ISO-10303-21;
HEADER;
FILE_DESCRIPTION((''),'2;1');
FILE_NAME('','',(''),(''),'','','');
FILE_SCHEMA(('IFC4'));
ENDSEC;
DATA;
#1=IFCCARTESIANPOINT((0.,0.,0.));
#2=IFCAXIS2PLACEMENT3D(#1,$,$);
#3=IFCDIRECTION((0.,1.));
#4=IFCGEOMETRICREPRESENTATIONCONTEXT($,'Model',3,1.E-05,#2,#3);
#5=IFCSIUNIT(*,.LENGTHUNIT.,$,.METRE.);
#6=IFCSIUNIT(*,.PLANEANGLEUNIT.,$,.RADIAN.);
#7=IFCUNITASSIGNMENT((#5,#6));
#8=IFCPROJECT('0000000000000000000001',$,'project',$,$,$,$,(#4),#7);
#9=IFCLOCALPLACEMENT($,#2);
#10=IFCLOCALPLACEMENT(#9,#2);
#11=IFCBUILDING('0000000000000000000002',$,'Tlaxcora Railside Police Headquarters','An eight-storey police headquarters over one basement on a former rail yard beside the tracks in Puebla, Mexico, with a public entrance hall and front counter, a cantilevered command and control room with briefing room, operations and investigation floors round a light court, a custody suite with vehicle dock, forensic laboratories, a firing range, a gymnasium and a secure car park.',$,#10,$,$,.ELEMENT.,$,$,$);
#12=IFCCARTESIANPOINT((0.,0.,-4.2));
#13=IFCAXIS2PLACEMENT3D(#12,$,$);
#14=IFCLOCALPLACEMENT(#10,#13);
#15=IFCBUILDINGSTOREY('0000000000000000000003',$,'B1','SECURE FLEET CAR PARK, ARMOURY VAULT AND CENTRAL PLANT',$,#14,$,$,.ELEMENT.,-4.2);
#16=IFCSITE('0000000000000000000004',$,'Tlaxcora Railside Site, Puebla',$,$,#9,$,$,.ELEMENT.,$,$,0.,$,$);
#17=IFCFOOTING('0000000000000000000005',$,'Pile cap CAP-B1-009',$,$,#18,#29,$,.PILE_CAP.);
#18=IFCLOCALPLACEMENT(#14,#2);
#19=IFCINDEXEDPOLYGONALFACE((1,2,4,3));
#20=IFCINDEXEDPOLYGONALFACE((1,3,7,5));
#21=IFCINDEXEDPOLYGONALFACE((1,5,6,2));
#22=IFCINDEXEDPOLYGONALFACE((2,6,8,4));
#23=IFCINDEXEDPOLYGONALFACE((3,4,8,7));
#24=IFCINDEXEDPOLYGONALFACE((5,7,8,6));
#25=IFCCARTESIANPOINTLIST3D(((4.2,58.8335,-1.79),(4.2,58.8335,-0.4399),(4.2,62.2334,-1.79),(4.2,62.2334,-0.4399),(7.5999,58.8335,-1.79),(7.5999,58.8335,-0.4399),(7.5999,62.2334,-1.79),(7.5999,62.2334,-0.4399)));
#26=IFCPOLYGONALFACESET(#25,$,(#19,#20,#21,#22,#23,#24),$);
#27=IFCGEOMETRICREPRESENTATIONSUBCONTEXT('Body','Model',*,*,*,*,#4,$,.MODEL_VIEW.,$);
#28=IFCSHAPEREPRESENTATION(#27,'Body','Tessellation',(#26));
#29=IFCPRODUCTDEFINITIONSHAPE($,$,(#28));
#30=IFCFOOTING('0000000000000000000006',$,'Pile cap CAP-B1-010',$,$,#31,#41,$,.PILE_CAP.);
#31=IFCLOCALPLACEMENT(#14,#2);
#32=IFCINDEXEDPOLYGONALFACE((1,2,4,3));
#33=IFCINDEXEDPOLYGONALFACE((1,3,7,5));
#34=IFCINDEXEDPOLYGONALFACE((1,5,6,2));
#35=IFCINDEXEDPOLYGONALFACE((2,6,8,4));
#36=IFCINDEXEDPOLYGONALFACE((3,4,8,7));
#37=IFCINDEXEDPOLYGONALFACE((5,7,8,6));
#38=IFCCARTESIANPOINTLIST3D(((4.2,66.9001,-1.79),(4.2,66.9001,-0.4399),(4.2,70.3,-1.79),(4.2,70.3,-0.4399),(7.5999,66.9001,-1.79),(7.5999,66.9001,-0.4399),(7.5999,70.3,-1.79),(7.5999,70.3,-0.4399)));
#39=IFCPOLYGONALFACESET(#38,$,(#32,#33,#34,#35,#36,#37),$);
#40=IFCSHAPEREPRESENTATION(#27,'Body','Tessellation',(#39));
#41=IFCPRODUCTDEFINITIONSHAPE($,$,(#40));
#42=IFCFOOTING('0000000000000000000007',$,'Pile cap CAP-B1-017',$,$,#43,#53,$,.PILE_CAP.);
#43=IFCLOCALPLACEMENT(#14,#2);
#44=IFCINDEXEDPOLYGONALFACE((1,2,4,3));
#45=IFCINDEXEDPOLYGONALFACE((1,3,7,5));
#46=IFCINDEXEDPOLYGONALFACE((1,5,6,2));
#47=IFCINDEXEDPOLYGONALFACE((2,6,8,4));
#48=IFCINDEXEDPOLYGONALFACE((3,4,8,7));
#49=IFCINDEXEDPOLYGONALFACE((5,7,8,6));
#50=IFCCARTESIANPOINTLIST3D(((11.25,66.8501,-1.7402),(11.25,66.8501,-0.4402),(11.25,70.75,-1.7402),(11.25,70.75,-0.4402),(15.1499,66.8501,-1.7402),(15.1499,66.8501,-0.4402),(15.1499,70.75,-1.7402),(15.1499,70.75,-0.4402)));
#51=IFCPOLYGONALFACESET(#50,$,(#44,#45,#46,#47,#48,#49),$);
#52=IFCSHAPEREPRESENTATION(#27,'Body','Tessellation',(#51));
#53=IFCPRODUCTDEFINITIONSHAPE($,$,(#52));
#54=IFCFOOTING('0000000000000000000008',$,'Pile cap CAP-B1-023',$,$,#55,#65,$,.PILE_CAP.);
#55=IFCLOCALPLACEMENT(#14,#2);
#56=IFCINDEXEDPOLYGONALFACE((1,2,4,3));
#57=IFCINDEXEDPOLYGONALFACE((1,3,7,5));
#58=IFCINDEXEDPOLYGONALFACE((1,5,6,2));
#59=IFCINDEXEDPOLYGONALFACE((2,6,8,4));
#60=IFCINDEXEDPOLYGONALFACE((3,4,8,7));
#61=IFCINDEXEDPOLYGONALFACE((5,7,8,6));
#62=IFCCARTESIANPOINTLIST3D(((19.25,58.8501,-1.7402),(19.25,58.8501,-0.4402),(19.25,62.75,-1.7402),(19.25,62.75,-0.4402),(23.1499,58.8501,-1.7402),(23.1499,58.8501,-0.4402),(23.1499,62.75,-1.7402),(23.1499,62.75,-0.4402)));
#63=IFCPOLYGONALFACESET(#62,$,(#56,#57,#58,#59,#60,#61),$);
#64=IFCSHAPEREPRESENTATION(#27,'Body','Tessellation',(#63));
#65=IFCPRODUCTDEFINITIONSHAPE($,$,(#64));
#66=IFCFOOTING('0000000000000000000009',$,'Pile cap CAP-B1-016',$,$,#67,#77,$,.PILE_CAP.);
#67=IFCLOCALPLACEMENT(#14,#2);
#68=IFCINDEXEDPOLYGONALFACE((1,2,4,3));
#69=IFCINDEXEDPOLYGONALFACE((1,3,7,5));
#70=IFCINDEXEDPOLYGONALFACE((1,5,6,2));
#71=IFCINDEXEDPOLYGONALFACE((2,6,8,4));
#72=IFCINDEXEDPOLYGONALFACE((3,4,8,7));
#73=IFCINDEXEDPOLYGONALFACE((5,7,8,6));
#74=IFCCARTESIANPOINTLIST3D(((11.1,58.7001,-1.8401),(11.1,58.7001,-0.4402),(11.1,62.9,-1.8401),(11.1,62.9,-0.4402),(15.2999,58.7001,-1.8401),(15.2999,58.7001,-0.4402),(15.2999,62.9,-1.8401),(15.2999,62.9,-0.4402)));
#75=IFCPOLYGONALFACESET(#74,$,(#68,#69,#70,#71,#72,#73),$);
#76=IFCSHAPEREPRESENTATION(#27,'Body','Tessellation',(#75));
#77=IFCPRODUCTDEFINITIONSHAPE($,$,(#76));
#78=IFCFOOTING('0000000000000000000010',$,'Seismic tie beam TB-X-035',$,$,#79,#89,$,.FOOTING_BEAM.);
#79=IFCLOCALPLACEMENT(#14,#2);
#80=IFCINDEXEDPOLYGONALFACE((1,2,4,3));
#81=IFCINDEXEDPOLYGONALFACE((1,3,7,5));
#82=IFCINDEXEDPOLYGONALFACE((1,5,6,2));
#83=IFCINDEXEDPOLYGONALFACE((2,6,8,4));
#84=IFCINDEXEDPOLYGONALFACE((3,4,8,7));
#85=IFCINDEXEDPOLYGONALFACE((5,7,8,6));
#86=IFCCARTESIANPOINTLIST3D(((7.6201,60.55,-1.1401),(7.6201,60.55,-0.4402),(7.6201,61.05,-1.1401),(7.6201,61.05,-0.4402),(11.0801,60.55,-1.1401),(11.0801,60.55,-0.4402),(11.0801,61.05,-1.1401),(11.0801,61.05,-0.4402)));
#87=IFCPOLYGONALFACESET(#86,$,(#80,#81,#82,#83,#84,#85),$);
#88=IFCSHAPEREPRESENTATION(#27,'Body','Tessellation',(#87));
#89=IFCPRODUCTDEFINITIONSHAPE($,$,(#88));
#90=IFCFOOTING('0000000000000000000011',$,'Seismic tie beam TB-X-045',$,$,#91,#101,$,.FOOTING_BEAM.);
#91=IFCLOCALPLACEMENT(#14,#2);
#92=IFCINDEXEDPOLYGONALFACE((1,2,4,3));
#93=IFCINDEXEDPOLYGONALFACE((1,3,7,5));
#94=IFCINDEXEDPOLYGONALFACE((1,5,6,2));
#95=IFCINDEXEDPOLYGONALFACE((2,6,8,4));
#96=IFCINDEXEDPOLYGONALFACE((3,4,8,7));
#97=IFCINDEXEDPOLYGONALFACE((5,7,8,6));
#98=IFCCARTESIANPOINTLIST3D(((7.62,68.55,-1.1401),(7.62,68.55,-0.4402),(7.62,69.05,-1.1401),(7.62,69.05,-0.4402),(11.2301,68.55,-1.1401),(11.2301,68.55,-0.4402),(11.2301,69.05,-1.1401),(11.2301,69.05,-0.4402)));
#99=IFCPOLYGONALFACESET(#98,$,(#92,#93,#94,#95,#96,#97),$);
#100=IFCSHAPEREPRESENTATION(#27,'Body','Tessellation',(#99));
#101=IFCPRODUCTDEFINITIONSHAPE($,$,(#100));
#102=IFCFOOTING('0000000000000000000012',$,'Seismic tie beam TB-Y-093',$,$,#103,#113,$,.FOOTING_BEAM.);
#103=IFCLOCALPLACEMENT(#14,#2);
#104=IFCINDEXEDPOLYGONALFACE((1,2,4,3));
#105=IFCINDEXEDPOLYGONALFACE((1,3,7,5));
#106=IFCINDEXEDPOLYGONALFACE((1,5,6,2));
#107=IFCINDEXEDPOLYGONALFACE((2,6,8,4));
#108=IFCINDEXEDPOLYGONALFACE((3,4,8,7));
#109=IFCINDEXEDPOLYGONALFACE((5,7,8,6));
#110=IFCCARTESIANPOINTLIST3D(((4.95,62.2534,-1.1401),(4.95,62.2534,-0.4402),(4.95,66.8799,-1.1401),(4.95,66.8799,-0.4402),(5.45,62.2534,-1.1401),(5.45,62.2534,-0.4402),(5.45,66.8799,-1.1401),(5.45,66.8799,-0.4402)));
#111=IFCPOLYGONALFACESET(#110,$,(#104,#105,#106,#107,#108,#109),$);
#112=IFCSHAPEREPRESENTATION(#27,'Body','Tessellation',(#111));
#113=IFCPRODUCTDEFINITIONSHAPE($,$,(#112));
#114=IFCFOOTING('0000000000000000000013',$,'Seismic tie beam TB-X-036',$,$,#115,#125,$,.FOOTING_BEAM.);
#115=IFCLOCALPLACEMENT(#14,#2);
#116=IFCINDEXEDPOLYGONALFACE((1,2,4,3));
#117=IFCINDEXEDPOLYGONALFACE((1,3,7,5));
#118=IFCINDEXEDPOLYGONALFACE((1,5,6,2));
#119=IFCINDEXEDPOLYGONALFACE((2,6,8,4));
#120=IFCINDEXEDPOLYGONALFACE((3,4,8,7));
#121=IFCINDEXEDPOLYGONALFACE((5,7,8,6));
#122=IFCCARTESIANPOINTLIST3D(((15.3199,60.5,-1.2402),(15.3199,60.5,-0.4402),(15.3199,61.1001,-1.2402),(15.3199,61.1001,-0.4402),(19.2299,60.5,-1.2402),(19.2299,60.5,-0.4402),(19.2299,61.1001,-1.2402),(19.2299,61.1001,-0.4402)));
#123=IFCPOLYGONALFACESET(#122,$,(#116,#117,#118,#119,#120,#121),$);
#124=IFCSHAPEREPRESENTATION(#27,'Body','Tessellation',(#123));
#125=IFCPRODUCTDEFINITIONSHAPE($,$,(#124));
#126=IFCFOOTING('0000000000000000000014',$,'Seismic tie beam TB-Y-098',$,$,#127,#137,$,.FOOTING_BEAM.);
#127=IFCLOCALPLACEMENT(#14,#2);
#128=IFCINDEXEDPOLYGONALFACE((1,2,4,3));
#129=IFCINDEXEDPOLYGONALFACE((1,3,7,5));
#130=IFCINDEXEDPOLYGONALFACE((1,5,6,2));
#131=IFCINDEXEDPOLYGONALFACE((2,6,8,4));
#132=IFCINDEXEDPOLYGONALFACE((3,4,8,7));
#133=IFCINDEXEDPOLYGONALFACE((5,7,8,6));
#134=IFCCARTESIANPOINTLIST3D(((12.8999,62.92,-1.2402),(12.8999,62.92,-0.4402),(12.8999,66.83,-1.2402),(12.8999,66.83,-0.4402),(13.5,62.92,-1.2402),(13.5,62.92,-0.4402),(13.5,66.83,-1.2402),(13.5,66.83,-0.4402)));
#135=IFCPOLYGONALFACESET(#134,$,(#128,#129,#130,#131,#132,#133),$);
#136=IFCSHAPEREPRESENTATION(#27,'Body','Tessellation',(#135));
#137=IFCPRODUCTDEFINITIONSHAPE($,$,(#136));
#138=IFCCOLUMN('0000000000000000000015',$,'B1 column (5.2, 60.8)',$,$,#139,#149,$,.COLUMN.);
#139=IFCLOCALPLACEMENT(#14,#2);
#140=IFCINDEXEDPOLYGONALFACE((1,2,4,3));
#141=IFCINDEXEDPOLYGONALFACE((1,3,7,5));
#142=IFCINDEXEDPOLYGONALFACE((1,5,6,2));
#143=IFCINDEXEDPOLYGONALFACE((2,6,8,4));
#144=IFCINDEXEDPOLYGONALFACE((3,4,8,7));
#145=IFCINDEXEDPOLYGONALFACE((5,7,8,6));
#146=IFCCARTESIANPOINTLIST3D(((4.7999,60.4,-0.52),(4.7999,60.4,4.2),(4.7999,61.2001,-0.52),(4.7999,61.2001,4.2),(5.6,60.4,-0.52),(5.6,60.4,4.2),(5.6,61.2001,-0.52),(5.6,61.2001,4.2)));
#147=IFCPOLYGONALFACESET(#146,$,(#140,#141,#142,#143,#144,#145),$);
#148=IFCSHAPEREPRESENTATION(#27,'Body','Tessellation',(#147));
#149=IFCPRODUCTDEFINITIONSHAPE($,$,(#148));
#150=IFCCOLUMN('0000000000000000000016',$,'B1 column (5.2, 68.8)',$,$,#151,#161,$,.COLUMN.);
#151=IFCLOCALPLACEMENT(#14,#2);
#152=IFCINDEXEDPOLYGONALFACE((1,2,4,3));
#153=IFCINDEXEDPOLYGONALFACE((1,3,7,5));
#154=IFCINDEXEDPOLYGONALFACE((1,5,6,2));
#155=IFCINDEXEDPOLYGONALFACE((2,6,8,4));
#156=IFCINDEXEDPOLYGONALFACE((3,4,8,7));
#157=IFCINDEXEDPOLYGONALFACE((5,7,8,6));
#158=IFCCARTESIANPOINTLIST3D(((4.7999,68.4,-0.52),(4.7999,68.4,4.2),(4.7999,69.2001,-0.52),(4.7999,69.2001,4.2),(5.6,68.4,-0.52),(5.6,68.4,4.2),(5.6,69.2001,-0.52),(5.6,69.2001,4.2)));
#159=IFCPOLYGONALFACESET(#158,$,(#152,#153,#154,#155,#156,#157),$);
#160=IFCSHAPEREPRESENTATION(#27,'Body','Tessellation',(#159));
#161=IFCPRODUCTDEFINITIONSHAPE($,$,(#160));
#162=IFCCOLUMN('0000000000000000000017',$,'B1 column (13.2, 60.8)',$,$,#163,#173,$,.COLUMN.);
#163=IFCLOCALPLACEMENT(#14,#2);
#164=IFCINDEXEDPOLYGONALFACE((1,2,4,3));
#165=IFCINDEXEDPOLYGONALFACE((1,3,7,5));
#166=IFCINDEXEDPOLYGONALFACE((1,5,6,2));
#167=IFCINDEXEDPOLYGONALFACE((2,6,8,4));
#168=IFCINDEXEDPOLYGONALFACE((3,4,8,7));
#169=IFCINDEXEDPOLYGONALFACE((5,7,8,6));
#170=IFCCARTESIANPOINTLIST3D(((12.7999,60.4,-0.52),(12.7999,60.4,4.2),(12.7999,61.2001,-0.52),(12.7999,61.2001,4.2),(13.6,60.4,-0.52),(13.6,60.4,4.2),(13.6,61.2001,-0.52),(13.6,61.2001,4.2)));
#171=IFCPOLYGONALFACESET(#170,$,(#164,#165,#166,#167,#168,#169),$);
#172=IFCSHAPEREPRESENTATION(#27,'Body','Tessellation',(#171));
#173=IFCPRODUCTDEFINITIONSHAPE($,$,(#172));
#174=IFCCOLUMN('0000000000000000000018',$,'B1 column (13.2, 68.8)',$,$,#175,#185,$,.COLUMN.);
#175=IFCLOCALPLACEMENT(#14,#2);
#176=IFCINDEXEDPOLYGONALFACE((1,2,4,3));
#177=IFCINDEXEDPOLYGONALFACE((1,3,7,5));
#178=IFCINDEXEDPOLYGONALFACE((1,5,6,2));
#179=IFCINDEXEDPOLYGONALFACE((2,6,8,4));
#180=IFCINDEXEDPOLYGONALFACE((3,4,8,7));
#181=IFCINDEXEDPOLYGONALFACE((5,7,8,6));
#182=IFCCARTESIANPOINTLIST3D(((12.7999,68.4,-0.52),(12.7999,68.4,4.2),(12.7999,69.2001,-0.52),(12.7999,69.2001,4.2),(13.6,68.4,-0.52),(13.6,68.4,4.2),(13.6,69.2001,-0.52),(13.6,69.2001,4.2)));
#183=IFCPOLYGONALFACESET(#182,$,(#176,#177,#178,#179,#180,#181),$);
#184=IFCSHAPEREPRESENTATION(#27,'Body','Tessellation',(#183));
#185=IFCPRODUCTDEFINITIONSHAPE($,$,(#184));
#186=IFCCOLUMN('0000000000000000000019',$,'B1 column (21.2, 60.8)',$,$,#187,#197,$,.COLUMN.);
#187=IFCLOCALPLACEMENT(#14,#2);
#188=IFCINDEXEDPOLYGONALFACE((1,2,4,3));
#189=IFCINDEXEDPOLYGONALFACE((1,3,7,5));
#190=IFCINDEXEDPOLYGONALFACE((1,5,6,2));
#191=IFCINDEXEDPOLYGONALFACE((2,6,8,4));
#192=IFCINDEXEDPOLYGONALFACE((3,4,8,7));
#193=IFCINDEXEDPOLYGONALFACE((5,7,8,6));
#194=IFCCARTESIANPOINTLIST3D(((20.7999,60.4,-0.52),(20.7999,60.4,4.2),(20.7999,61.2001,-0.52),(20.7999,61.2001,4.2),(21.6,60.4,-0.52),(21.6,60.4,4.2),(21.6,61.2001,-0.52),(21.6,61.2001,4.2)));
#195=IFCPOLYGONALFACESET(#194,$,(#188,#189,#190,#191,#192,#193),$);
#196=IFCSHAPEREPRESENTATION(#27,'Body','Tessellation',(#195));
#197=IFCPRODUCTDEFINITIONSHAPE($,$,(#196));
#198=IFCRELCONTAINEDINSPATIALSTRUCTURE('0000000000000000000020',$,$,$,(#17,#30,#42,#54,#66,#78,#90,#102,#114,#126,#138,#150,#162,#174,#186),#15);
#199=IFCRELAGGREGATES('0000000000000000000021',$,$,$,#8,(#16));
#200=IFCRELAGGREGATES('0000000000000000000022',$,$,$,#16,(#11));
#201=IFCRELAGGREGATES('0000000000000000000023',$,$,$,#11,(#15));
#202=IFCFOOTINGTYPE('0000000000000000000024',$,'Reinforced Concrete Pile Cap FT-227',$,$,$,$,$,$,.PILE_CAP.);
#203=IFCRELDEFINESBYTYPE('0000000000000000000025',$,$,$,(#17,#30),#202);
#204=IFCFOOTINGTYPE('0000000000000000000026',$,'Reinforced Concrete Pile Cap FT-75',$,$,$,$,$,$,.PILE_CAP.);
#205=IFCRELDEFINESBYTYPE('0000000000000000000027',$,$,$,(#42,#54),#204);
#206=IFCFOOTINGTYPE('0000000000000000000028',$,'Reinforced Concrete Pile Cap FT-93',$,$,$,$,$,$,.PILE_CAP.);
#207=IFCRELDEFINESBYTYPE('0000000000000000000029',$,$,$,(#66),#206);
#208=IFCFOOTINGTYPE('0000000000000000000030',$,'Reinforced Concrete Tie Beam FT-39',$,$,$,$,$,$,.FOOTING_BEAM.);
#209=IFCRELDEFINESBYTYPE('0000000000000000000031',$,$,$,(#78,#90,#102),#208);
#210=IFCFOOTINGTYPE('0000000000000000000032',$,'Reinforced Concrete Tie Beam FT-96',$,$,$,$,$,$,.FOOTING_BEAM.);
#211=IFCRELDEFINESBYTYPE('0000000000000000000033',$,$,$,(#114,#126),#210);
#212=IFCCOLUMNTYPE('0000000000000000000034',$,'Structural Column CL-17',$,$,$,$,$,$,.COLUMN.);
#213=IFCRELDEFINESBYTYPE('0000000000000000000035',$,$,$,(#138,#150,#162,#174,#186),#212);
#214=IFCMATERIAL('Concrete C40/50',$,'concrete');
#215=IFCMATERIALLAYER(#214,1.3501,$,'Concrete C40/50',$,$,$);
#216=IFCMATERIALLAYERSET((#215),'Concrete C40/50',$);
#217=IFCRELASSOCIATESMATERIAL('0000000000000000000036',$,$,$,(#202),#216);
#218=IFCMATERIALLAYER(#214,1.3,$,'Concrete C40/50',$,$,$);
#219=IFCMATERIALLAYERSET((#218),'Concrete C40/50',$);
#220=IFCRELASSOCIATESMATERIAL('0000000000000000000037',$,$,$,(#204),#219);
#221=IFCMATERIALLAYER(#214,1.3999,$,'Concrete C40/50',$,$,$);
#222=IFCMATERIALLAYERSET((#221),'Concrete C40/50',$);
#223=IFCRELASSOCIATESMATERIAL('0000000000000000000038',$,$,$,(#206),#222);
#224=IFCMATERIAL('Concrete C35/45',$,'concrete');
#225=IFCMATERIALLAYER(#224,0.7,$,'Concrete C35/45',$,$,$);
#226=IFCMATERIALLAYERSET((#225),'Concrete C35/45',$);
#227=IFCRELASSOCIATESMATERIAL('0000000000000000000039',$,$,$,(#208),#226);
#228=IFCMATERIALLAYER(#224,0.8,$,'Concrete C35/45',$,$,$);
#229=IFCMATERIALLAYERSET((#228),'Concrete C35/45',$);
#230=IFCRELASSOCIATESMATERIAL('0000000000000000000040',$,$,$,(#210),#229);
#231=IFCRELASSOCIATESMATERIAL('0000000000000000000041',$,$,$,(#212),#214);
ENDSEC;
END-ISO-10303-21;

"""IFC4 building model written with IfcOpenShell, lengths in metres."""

from ifc_helpers import new_model, si_unit, direction, frame, origin, origin_2d, place, context, subcontext, project, spatial, rectangle, extrude, material, layer, layer_set, material_profile, profile_set, type_object, element, save


model = new_model("IFC4")

# Units and contexts
model_context = context("Model", 3, precision=1e-05, world=origin(), true_north=direction((0.0, 1.0)))
body_context = subcontext(model_context, "Body", "Model", "MODEL_VIEW")
ifc_project = project(units=[si_unit("LENGTHUNIT", "METRE"), si_unit("PLANEANGLEUNIT", "RADIAN")], contexts=[model_context])

# Site, building, storey
site_placement = place(None, origin())
site = spatial("IfcSite", under=ifc_project, at=site_placement, Name="Tlaxcora Railside Site, Puebla", CompositionType="ELEMENT", RefElevation=0.0)
building_placement = place(site_placement, origin())
building = spatial("IfcBuilding", under=site, at=building_placement, Name="Tlaxcora Railside Police Headquarters", Description="An eight-storey police headquarters over one basement on a former rail yard beside the tracks in Puebla, Mexico, with a public entrance hall and front counter, a cantilevered command and control room with briefing room, operations and investigation floors round a light court, a custody suite with vehicle dock, forensic laboratories, a firing range, a gymnasium and a secure car park.", CompositionType="ELEMENT")
storey_placement = place(building_placement, frame((0.0, 0.0, -4.2)))
storey = spatial("IfcBuildingStorey", under=building, at=storey_placement, Name="B1", Description="SECURE FLEET CAR PARK, ARMOURY VAULT AND CENTRAL PLANT", CompositionType="ELEMENT", Elevation=-4.2)

# Shared definitions
ifc_material_1 = material(Name="Concrete C35/45", Category="concrete")

# Footings
ifc_material_2 = material(Name="Concrete C40/50", Category="concrete")
ifc_layer_1 = layer(ifc_material_2, 1.3501, Name="Concrete C40/50")
ifc_layer_set_1 = layer_set([ifc_layer_1], Name="Concrete C40/50")
footing_type_1 = type_object("IfcFootingType", Name="Reinforced Concrete Pile Cap FT-227", PredefinedType="PILE_CAP", material=ifc_layer_set_1)
for number, where, z_axis, x_axis, name in (
    (1, (5.8999, 60.5334, -1.79), (0.0, 0.0, 1.0), (1.0, 0.0, 0.0), "Pile cap CAP-B1-009"),
    (2, (5.8999, 68.6001, -1.79), (0.0, 0.0, 1.0), (1.0, 0.0, 0.0), "Pile cap CAP-B1-010"),
):
    element("IfcFooting", number, at=place(storey_placement, frame(where, z_axis=z_axis, x_axis=x_axis)), inside=storey, type_object=footing_type_1, Name=name, PredefinedType="PILE_CAP", context=body_context, shape_type="SweptSolid", body=[
        extrude(rectangle(XDim=3.3999, YDim=3.3999, at=origin_2d()), origin(), (0.0, 0.0, 1.0), 1.3501),
    ])
ifc_layer_2 = layer(ifc_material_2, 1.3, Name="Concrete C40/50")
ifc_layer_set_2 = layer_set([ifc_layer_2], Name="Concrete C40/50")
footing_type_2 = type_object("IfcFootingType", Name="Reinforced Concrete Pile Cap FT-75", PredefinedType="PILE_CAP", material=ifc_layer_set_2)
for number, where, z_axis, x_axis, name in (
    (3, (13.2, 68.8, -1.7402), (0.0, 0.0, 1.0), (1.0, 0.0, 0.0), "Pile cap CAP-B1-017"),
    (4, (21.2, 60.8, -1.7402), (0.0, 0.0, 1.0), (1.0, 0.0, 0.0), "Pile cap CAP-B1-023"),
):
    element("IfcFooting", number, at=place(storey_placement, frame(where, z_axis=z_axis, x_axis=x_axis)), inside=storey, type_object=footing_type_2, Name=name, PredefinedType="PILE_CAP", context=body_context, shape_type="SweptSolid", body=[
        extrude(rectangle(XDim=3.8999, YDim=3.8999, at=origin_2d()), origin(), (0.0, 0.0, 1.0), 1.3),
    ])
ifc_layer_3 = layer(ifc_material_2, 1.3999, Name="Concrete C40/50")
ifc_layer_set_3 = layer_set([ifc_layer_3], Name="Concrete C40/50")
footing_type_3 = type_object("IfcFootingType", Name="Reinforced Concrete Pile Cap FT-93", PredefinedType="PILE_CAP", material=ifc_layer_set_3)
footing_1_placement = place(storey_placement, frame((13.2, 60.8, -1.8401), z_axis=(0.0, 0.0, 1.0), x_axis=(1.0, 0.0, 0.0)))
element("IfcFooting", 5, at=footing_1_placement, inside=storey, type_object=footing_type_3, Name="Pile cap CAP-B1-016", PredefinedType="PILE_CAP", context=body_context, shape_type="SweptSolid", body=[
    extrude(rectangle(XDim=4.2, YDim=4.2, at=origin_2d()), origin(), (0.0, 0.0, 1.0), 1.3999),
])
ifc_layer_4 = layer(ifc_material_1, 0.7, Name="Concrete C35/45")
ifc_layer_set_4 = layer_set([ifc_layer_4], Name="Concrete C35/45")
footing_type_4 = type_object("IfcFootingType", Name="Reinforced Concrete Tie Beam FT-39", PredefinedType="FOOTING_BEAM", material=ifc_layer_set_4)
footing_2_placement = place(storey_placement, frame((9.3501, 60.8, -1.1401), z_axis=(0.0, 0.0, 1.0), x_axis=(1.0, 0.0, 0.0)))
element("IfcFooting", 6, at=footing_2_placement, inside=storey, type_object=footing_type_4, Name="Seismic tie beam TB-X-035", PredefinedType="FOOTING_BEAM", context=body_context, shape_type="SweptSolid", body=[
    extrude(rectangle(XDim=3.46, YDim=0.5, at=origin_2d()), origin(), (0.0, 0.0, 1.0), 0.7),
])
footing_3_placement = place(storey_placement, frame((9.425, 68.8, -1.1401), z_axis=(0.0, 0.0, 1.0), x_axis=(1.0, 0.0, 0.0)))
element("IfcFooting", 7, at=footing_3_placement, inside=storey, type_object=footing_type_4, Name="Seismic tie beam TB-X-045", PredefinedType="FOOTING_BEAM", context=body_context, shape_type="SweptSolid", body=[
    extrude(rectangle(XDim=3.6101, YDim=0.5, at=origin_2d()), origin(), (0.0, 0.0, 1.0), 0.7),
])
footing_4_placement = place(storey_placement, frame((5.2, 64.5667, -1.1401), z_axis=(0.0, 0.0, 1.0), x_axis=(0.0, 1.0, 0.0)))
element("IfcFooting", 8, at=footing_4_placement, inside=storey, type_object=footing_type_4, Name="Seismic tie beam TB-Y-093", PredefinedType="FOOTING_BEAM", context=body_context, shape_type="SweptSolid", body=[
    extrude(rectangle(XDim=4.6265, YDim=0.5, at=origin_2d()), origin(), (0.0, 0.0, 1.0), 0.7),
])
ifc_layer_5 = layer(ifc_material_1, 0.8, Name="Concrete C35/45")
ifc_layer_set_5 = layer_set([ifc_layer_5], Name="Concrete C35/45")
footing_type_5 = type_object("IfcFootingType", Name="Reinforced Concrete Tie Beam FT-96", PredefinedType="FOOTING_BEAM", material=ifc_layer_set_5)
for number, where, z_axis, x_axis, name in (
    (9, (17.2749, 60.8, -1.2402), (0.0, 0.0, 1.0), (1.0, 0.0, 0.0), "Seismic tie beam TB-X-036"),
    (10, (13.2, 64.875, -1.2402), (0.0, 0.0, 1.0), (0.0, 1.0, 0.0), "Seismic tie beam TB-Y-098"),
):
    element("IfcFooting", number, at=place(storey_placement, frame(where, z_axis=z_axis, x_axis=x_axis)), inside=storey, type_object=footing_type_5, Name=name, PredefinedType="FOOTING_BEAM", context=body_context, shape_type="SweptSolid", body=[
        extrude(rectangle(XDim=3.9099, YDim=0.6001, at=origin_2d()), origin(), (0.0, 0.0, 1.0), 0.8),
    ])

# Columns
ifc_material_profile_1 = material_profile(ifc_material_2, rectangle(XDim=0.8, YDim=0.8, at=origin_2d()), Name="RC800X800")
ifc_profile_set_1 = profile_set([ifc_material_profile_1], Name="Concrete C40/50")
column_type = type_object("IfcColumnType", Name="Structural Column CL-17", PredefinedType="COLUMN", material=ifc_profile_set_1)
for number, where, z_axis, x_axis, name in (
    (11, (5.2, 60.8, -0.52), (0.0, 0.0, 1.0), (1.0, 0.0, 0.0), "B1 column (5.2, 60.8)"),
    (12, (5.2, 68.8, -0.52), (0.0, 0.0, 1.0), (1.0, 0.0, 0.0), "B1 column (5.2, 68.8)"),
    (13, (13.2, 60.8, -0.52), (0.0, 0.0, 1.0), (1.0, 0.0, 0.0), "B1 column (13.2, 60.8)"),
    (14, (13.2, 68.8, -0.52), (0.0, 0.0, 1.0), (1.0, 0.0, 0.0), "B1 column (13.2, 68.8)"),
    (15, (21.2, 60.8, -0.52), (0.0, 0.0, 1.0), (1.0, 0.0, 0.0), "B1 column (21.2, 60.8)"),
):
    element("IfcColumn", number, at=place(storey_placement, frame(where, z_axis=z_axis, x_axis=x_axis)), inside=storey, type_object=column_type, Name=name, PredefinedType="COLUMN", context=body_context, shape_type="SweptSolid", body=[
        extrude(rectangle(XDim=0.8, YDim=0.8, at=origin_2d()), origin(), (0.0, 0.0, 1.0), 4.72),
    ])

save(model, "model.ifc")
